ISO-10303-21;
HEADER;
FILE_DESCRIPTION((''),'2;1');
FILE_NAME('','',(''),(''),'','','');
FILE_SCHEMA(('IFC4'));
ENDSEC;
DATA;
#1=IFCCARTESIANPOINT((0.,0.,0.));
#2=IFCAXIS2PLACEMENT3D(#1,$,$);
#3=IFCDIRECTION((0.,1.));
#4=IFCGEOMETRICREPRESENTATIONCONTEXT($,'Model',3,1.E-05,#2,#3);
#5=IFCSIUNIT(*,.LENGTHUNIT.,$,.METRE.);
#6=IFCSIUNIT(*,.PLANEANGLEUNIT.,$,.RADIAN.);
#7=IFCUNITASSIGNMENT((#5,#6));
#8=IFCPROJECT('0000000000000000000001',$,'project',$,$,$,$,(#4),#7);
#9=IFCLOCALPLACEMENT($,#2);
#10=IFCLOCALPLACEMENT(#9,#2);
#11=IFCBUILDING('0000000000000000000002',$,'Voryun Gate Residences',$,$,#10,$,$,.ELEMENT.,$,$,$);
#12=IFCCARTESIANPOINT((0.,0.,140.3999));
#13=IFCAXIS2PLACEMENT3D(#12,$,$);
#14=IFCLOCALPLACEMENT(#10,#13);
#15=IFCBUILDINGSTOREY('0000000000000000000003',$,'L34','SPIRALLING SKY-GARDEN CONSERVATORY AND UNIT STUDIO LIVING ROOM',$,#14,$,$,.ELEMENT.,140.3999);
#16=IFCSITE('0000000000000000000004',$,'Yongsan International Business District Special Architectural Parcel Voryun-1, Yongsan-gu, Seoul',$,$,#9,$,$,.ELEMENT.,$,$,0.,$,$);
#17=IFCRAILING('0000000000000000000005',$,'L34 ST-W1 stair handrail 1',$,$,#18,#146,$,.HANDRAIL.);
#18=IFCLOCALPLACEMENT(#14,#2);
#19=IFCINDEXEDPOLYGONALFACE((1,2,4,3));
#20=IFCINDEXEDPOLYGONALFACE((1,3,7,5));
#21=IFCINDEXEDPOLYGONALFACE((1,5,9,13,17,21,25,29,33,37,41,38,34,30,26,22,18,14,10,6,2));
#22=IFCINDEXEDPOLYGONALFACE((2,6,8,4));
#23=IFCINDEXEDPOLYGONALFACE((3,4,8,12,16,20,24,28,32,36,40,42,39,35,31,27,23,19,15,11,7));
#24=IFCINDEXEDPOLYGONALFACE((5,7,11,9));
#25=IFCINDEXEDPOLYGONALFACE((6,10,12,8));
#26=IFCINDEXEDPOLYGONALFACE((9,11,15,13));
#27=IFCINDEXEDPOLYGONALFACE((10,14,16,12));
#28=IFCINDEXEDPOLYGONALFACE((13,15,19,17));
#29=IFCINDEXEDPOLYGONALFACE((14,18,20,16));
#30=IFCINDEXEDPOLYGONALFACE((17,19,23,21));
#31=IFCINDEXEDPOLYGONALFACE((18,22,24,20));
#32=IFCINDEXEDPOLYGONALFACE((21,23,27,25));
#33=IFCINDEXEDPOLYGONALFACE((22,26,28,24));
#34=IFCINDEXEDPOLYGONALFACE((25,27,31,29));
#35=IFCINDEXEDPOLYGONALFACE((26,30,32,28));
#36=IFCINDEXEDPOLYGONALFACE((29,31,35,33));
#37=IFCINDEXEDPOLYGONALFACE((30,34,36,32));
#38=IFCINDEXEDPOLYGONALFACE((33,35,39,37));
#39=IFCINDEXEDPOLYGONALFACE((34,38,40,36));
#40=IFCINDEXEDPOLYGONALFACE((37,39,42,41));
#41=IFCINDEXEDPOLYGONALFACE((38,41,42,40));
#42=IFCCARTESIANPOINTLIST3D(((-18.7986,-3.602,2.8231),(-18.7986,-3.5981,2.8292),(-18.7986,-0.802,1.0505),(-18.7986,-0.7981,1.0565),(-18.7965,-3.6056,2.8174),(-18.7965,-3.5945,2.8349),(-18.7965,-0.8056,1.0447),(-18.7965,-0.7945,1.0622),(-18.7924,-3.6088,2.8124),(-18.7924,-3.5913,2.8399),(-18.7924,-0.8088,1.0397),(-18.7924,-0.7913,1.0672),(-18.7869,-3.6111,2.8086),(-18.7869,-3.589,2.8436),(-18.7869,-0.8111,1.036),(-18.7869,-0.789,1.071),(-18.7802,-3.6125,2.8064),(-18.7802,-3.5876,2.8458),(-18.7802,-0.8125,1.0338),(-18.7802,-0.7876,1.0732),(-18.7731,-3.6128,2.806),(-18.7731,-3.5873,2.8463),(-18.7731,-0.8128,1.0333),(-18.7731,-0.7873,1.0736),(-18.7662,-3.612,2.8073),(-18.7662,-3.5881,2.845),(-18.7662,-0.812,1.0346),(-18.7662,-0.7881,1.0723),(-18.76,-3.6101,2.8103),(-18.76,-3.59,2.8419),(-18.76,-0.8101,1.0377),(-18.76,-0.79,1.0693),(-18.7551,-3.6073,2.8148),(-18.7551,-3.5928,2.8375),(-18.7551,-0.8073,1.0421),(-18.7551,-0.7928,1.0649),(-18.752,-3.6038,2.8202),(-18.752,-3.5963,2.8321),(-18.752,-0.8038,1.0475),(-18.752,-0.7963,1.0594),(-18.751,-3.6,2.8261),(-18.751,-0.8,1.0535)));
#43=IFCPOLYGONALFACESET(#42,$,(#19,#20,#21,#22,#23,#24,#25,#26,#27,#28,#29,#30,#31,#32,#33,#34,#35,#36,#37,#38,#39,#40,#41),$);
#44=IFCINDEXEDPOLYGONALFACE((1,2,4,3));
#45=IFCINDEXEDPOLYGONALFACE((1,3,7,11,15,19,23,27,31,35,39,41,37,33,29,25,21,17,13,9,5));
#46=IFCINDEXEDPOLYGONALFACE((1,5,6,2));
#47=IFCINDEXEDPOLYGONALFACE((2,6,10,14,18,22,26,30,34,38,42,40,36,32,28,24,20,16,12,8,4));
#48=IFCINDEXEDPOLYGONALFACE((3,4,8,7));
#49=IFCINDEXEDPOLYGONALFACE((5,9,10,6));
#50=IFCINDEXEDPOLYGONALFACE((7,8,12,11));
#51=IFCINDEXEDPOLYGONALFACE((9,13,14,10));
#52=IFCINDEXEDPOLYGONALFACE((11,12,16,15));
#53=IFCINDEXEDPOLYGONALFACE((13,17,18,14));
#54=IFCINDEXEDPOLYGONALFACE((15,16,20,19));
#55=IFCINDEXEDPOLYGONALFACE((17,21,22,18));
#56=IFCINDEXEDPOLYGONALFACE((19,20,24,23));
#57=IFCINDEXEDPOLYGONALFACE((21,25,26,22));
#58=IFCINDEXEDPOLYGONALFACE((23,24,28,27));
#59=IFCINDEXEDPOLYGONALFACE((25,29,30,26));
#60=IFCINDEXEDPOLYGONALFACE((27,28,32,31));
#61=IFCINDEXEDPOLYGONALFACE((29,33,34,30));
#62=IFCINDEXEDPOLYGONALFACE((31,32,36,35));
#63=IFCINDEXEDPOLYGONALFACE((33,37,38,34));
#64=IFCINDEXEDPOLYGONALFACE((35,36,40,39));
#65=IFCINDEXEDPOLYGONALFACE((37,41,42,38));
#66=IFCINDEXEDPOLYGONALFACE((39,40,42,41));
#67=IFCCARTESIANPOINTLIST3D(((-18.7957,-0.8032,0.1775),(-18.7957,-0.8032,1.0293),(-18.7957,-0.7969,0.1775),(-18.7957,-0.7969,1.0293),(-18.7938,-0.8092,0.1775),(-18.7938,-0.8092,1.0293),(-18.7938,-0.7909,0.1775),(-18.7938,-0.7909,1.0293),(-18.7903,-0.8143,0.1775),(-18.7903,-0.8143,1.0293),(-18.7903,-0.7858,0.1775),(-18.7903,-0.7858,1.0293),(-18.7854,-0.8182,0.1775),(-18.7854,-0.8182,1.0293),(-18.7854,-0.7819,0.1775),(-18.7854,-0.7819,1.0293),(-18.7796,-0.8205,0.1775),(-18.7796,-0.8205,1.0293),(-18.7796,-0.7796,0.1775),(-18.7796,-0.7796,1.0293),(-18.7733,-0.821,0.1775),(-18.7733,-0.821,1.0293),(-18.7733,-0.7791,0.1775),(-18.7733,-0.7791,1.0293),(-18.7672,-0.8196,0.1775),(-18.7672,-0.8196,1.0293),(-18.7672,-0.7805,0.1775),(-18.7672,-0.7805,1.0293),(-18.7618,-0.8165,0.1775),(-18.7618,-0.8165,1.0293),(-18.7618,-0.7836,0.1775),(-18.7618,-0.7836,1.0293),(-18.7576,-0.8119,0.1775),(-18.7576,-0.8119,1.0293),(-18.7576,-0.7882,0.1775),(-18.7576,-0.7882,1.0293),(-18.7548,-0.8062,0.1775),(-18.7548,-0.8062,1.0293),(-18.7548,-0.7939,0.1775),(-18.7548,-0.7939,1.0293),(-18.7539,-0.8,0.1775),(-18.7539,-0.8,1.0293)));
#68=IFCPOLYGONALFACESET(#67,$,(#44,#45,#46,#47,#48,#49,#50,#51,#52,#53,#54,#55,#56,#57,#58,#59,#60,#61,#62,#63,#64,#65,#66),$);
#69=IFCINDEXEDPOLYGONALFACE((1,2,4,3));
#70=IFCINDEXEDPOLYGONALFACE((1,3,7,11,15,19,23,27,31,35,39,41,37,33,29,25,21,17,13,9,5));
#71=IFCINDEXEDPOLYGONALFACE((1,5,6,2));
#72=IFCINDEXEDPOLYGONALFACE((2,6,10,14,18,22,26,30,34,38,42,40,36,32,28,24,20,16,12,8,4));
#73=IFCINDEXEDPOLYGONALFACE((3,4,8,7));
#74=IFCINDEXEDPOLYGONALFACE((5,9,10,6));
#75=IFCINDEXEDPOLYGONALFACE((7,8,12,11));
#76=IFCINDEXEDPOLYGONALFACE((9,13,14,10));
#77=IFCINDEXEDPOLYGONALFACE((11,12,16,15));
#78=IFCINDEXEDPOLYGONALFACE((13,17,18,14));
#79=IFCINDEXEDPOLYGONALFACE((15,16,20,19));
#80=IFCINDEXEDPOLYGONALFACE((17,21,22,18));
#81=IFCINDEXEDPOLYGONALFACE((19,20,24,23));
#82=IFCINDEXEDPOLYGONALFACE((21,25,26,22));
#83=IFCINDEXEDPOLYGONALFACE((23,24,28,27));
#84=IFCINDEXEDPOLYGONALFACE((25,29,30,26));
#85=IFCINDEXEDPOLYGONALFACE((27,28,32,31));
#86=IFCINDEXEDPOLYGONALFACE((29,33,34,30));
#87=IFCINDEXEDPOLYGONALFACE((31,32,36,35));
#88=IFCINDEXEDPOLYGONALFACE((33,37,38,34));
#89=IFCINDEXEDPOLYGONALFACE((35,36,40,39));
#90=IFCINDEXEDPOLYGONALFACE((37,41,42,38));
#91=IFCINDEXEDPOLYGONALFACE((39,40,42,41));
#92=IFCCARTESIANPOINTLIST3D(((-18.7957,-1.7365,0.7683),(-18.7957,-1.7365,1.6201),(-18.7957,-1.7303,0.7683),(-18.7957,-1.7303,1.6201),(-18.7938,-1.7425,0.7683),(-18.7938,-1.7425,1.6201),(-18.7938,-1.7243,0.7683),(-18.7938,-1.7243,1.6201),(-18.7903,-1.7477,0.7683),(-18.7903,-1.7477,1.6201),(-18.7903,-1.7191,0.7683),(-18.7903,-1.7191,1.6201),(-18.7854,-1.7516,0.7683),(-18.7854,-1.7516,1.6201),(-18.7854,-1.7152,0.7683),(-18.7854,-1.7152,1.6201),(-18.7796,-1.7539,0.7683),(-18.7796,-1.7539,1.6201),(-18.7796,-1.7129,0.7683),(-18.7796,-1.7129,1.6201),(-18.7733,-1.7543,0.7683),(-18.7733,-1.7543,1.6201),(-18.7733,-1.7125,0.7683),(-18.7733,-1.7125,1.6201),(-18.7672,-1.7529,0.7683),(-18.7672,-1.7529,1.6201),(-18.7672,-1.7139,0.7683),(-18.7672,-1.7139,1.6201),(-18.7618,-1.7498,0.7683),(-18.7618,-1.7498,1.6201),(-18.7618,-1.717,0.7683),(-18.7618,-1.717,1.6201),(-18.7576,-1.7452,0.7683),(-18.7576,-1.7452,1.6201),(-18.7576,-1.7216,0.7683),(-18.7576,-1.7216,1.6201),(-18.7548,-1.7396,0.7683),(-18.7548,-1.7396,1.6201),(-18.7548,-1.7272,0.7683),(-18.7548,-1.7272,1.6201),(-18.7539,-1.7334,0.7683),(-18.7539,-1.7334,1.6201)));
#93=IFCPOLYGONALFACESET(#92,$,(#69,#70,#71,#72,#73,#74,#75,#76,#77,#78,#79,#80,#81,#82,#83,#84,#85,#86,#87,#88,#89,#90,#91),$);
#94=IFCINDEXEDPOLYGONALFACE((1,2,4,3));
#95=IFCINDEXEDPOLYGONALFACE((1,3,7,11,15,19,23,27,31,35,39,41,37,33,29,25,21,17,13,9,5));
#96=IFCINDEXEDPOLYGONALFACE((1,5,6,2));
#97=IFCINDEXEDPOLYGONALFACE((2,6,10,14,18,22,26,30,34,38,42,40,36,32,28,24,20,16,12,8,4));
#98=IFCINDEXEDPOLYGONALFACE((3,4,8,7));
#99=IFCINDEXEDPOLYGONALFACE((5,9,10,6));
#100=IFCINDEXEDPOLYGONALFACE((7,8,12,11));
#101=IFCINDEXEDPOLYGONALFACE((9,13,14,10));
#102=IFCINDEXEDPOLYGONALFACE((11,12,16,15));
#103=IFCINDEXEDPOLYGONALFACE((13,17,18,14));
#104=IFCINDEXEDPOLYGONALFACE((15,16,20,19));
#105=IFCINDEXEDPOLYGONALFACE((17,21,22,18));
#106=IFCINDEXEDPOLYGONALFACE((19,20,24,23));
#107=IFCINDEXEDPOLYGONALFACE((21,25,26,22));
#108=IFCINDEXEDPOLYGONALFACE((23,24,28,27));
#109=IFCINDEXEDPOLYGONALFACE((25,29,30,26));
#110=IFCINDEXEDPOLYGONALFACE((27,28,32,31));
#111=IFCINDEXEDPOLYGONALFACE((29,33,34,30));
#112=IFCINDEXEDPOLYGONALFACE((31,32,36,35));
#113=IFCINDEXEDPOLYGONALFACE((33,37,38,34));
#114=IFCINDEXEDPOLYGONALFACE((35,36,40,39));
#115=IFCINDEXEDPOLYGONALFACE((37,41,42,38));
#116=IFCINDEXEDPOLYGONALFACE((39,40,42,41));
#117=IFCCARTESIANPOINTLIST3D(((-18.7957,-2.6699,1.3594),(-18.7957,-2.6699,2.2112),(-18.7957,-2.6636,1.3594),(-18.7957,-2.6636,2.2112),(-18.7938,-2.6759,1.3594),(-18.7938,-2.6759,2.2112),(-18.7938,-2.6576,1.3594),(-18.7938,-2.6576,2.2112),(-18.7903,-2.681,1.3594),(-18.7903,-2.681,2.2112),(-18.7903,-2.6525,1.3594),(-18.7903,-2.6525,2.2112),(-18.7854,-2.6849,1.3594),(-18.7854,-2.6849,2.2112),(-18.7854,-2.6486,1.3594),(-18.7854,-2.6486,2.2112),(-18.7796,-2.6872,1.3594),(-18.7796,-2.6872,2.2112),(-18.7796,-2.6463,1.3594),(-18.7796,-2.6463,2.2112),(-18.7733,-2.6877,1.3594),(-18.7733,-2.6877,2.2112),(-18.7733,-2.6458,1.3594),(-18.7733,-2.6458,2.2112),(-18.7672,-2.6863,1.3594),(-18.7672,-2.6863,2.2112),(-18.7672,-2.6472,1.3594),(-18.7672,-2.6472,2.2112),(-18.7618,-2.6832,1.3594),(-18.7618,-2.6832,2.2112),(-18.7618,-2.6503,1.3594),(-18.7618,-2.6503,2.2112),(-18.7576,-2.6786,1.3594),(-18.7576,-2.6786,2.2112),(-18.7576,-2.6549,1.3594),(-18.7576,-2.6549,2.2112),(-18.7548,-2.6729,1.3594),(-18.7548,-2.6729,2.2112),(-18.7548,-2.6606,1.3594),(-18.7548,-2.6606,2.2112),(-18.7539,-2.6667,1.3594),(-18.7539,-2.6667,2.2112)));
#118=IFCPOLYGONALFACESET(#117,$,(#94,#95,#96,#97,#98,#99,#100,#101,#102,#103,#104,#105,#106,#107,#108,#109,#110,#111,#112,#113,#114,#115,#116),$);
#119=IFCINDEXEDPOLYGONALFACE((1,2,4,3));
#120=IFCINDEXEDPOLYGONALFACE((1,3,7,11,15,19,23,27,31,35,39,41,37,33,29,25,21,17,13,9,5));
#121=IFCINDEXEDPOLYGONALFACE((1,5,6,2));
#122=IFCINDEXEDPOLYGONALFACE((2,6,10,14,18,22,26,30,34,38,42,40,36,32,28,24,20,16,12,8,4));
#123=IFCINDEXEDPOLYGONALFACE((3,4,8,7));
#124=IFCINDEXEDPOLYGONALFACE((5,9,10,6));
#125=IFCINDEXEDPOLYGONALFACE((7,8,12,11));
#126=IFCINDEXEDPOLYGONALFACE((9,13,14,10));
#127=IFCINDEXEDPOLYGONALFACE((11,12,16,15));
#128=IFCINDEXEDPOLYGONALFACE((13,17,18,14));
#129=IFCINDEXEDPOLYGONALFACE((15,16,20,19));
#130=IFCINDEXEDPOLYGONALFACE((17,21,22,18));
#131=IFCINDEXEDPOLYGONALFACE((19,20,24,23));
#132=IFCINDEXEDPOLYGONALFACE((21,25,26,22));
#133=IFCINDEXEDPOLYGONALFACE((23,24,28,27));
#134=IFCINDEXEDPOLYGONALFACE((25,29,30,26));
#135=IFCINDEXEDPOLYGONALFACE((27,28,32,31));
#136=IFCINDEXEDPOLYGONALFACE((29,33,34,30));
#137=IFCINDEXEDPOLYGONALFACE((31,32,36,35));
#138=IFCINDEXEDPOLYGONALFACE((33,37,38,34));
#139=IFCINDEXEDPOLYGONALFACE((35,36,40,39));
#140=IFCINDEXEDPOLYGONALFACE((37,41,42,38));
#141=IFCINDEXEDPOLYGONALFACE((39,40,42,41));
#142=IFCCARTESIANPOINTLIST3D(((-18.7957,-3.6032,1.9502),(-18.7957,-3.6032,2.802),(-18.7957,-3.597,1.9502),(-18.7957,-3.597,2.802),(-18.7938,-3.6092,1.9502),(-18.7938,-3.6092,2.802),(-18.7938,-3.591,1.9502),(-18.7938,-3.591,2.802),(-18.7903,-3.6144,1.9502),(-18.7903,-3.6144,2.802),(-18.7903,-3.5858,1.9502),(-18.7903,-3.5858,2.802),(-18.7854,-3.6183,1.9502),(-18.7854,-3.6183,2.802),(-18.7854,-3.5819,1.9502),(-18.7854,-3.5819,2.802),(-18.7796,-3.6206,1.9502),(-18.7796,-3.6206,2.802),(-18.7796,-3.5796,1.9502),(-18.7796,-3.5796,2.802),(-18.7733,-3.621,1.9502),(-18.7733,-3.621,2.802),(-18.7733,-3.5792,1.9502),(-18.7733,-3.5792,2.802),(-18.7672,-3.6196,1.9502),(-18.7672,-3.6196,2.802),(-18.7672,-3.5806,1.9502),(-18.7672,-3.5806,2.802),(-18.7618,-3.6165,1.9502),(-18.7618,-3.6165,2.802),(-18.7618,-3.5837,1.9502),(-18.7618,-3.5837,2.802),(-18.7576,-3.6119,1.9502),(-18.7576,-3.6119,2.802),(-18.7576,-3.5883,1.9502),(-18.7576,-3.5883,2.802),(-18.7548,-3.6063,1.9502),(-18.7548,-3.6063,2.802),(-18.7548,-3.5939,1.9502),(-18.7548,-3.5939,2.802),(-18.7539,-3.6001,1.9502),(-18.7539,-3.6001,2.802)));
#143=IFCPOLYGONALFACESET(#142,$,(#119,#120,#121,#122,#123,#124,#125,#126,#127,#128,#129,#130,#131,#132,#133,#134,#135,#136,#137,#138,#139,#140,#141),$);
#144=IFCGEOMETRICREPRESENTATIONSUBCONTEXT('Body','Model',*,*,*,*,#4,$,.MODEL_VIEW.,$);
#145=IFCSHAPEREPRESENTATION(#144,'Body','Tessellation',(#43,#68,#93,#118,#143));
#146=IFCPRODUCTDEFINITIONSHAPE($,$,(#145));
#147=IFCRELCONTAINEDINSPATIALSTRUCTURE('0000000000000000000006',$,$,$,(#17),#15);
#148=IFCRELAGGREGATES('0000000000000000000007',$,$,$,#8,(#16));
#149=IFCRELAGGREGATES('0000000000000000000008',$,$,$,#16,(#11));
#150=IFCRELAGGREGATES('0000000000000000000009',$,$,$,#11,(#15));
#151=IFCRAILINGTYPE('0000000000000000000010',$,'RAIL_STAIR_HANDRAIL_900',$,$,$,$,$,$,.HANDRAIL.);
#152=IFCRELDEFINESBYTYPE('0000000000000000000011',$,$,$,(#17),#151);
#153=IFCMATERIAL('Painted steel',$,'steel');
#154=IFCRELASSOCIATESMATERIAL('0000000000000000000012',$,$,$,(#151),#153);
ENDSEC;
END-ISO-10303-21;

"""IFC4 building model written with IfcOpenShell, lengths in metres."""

from ifc_helpers import new_model, si_unit, direction, frame, origin, origin_2d, place, context, subcontext, project, spatial, circle, extrude, material, type_object, element, save


model = new_model("IFC4")

# Units and contexts
model_context = context("Model", 3, precision=1e-05, world=origin(), true_north=direction((0.0, 1.0)))
body_context = subcontext(model_context, "Body", "Model", "MODEL_VIEW")
ifc_project = project(units=[si_unit("LENGTHUNIT", "METRE"), si_unit("PLANEANGLEUNIT", "RADIAN")], contexts=[model_context])

# Site, building, storey
site_placement = place(None, origin())
site = spatial("IfcSite", under=ifc_project, at=site_placement, Name="Yongsan International Business District Special Architectural Parcel Voryun-1, Yongsan-gu, Seoul", CompositionType="ELEMENT", RefElevation=0.0)
building_placement = place(site_placement, origin())
building = spatial("IfcBuilding", under=site, at=building_placement, Name="Voryun Gate Residences", CompositionType="ELEMENT")
storey_placement = place(building_placement, frame((0.0, 0.0, 140.3999)))
storey = spatial("IfcBuildingStorey", under=building, at=storey_placement, Name="L34", Description="SPIRALLING SKY-GARDEN CONSERVATORY AND UNIT STUDIO LIVING ROOM", CompositionType="ELEMENT", Elevation=140.3999)

# Railing
ifc_material_1 = material(Name="Painted steel", Category="steel")
railing_type_1 = type_object("IfcRailingType", Name="RAIL_STAIR_HANDRAIL_900", PredefinedType="HANDRAIL", material=ifc_material_1)
railing_1_placement = place(storey_placement, frame((-18.7749, -0.8, 0.1775)))
element("IfcRailing", 1, at=railing_1_placement, inside=storey, type_object=railing_type_1, Name="L34 ST-W1 stair handrail 1", PredefinedType="HANDRAIL", context=body_context, shape_type="SweptSolid", body=[
    extrude(circle(Radius=0.0239, at=origin_2d()), frame((0.0, 0.0, 0.876), z_axis=(0.0, -0.844909, 0.53491), x_axis=(1.0, 0.0, 0.0)), (0.0, 0.0, 1.0), 3.314),
    extrude(circle(Radius=0.021, at=origin_2d()), origin(), (0.0, 0.0, 1.0), 0.8518),
    extrude(circle(Radius=0.021, at=origin_2d()), frame((0.0, -0.9333, 0.5908)), (0.0, 0.0, 1.0), 0.8518),
    extrude(circle(Radius=0.021, at=origin_2d()), frame((0.0, -1.8667, 1.1819)), (0.0, 0.0, 1.0), 0.8518),
    extrude(circle(Radius=0.021, at=origin_2d()), frame((0.0, -2.8, 1.7727)), (0.0, 0.0, 1.0), 0.8518),
])

save(model, "model.ifc")
